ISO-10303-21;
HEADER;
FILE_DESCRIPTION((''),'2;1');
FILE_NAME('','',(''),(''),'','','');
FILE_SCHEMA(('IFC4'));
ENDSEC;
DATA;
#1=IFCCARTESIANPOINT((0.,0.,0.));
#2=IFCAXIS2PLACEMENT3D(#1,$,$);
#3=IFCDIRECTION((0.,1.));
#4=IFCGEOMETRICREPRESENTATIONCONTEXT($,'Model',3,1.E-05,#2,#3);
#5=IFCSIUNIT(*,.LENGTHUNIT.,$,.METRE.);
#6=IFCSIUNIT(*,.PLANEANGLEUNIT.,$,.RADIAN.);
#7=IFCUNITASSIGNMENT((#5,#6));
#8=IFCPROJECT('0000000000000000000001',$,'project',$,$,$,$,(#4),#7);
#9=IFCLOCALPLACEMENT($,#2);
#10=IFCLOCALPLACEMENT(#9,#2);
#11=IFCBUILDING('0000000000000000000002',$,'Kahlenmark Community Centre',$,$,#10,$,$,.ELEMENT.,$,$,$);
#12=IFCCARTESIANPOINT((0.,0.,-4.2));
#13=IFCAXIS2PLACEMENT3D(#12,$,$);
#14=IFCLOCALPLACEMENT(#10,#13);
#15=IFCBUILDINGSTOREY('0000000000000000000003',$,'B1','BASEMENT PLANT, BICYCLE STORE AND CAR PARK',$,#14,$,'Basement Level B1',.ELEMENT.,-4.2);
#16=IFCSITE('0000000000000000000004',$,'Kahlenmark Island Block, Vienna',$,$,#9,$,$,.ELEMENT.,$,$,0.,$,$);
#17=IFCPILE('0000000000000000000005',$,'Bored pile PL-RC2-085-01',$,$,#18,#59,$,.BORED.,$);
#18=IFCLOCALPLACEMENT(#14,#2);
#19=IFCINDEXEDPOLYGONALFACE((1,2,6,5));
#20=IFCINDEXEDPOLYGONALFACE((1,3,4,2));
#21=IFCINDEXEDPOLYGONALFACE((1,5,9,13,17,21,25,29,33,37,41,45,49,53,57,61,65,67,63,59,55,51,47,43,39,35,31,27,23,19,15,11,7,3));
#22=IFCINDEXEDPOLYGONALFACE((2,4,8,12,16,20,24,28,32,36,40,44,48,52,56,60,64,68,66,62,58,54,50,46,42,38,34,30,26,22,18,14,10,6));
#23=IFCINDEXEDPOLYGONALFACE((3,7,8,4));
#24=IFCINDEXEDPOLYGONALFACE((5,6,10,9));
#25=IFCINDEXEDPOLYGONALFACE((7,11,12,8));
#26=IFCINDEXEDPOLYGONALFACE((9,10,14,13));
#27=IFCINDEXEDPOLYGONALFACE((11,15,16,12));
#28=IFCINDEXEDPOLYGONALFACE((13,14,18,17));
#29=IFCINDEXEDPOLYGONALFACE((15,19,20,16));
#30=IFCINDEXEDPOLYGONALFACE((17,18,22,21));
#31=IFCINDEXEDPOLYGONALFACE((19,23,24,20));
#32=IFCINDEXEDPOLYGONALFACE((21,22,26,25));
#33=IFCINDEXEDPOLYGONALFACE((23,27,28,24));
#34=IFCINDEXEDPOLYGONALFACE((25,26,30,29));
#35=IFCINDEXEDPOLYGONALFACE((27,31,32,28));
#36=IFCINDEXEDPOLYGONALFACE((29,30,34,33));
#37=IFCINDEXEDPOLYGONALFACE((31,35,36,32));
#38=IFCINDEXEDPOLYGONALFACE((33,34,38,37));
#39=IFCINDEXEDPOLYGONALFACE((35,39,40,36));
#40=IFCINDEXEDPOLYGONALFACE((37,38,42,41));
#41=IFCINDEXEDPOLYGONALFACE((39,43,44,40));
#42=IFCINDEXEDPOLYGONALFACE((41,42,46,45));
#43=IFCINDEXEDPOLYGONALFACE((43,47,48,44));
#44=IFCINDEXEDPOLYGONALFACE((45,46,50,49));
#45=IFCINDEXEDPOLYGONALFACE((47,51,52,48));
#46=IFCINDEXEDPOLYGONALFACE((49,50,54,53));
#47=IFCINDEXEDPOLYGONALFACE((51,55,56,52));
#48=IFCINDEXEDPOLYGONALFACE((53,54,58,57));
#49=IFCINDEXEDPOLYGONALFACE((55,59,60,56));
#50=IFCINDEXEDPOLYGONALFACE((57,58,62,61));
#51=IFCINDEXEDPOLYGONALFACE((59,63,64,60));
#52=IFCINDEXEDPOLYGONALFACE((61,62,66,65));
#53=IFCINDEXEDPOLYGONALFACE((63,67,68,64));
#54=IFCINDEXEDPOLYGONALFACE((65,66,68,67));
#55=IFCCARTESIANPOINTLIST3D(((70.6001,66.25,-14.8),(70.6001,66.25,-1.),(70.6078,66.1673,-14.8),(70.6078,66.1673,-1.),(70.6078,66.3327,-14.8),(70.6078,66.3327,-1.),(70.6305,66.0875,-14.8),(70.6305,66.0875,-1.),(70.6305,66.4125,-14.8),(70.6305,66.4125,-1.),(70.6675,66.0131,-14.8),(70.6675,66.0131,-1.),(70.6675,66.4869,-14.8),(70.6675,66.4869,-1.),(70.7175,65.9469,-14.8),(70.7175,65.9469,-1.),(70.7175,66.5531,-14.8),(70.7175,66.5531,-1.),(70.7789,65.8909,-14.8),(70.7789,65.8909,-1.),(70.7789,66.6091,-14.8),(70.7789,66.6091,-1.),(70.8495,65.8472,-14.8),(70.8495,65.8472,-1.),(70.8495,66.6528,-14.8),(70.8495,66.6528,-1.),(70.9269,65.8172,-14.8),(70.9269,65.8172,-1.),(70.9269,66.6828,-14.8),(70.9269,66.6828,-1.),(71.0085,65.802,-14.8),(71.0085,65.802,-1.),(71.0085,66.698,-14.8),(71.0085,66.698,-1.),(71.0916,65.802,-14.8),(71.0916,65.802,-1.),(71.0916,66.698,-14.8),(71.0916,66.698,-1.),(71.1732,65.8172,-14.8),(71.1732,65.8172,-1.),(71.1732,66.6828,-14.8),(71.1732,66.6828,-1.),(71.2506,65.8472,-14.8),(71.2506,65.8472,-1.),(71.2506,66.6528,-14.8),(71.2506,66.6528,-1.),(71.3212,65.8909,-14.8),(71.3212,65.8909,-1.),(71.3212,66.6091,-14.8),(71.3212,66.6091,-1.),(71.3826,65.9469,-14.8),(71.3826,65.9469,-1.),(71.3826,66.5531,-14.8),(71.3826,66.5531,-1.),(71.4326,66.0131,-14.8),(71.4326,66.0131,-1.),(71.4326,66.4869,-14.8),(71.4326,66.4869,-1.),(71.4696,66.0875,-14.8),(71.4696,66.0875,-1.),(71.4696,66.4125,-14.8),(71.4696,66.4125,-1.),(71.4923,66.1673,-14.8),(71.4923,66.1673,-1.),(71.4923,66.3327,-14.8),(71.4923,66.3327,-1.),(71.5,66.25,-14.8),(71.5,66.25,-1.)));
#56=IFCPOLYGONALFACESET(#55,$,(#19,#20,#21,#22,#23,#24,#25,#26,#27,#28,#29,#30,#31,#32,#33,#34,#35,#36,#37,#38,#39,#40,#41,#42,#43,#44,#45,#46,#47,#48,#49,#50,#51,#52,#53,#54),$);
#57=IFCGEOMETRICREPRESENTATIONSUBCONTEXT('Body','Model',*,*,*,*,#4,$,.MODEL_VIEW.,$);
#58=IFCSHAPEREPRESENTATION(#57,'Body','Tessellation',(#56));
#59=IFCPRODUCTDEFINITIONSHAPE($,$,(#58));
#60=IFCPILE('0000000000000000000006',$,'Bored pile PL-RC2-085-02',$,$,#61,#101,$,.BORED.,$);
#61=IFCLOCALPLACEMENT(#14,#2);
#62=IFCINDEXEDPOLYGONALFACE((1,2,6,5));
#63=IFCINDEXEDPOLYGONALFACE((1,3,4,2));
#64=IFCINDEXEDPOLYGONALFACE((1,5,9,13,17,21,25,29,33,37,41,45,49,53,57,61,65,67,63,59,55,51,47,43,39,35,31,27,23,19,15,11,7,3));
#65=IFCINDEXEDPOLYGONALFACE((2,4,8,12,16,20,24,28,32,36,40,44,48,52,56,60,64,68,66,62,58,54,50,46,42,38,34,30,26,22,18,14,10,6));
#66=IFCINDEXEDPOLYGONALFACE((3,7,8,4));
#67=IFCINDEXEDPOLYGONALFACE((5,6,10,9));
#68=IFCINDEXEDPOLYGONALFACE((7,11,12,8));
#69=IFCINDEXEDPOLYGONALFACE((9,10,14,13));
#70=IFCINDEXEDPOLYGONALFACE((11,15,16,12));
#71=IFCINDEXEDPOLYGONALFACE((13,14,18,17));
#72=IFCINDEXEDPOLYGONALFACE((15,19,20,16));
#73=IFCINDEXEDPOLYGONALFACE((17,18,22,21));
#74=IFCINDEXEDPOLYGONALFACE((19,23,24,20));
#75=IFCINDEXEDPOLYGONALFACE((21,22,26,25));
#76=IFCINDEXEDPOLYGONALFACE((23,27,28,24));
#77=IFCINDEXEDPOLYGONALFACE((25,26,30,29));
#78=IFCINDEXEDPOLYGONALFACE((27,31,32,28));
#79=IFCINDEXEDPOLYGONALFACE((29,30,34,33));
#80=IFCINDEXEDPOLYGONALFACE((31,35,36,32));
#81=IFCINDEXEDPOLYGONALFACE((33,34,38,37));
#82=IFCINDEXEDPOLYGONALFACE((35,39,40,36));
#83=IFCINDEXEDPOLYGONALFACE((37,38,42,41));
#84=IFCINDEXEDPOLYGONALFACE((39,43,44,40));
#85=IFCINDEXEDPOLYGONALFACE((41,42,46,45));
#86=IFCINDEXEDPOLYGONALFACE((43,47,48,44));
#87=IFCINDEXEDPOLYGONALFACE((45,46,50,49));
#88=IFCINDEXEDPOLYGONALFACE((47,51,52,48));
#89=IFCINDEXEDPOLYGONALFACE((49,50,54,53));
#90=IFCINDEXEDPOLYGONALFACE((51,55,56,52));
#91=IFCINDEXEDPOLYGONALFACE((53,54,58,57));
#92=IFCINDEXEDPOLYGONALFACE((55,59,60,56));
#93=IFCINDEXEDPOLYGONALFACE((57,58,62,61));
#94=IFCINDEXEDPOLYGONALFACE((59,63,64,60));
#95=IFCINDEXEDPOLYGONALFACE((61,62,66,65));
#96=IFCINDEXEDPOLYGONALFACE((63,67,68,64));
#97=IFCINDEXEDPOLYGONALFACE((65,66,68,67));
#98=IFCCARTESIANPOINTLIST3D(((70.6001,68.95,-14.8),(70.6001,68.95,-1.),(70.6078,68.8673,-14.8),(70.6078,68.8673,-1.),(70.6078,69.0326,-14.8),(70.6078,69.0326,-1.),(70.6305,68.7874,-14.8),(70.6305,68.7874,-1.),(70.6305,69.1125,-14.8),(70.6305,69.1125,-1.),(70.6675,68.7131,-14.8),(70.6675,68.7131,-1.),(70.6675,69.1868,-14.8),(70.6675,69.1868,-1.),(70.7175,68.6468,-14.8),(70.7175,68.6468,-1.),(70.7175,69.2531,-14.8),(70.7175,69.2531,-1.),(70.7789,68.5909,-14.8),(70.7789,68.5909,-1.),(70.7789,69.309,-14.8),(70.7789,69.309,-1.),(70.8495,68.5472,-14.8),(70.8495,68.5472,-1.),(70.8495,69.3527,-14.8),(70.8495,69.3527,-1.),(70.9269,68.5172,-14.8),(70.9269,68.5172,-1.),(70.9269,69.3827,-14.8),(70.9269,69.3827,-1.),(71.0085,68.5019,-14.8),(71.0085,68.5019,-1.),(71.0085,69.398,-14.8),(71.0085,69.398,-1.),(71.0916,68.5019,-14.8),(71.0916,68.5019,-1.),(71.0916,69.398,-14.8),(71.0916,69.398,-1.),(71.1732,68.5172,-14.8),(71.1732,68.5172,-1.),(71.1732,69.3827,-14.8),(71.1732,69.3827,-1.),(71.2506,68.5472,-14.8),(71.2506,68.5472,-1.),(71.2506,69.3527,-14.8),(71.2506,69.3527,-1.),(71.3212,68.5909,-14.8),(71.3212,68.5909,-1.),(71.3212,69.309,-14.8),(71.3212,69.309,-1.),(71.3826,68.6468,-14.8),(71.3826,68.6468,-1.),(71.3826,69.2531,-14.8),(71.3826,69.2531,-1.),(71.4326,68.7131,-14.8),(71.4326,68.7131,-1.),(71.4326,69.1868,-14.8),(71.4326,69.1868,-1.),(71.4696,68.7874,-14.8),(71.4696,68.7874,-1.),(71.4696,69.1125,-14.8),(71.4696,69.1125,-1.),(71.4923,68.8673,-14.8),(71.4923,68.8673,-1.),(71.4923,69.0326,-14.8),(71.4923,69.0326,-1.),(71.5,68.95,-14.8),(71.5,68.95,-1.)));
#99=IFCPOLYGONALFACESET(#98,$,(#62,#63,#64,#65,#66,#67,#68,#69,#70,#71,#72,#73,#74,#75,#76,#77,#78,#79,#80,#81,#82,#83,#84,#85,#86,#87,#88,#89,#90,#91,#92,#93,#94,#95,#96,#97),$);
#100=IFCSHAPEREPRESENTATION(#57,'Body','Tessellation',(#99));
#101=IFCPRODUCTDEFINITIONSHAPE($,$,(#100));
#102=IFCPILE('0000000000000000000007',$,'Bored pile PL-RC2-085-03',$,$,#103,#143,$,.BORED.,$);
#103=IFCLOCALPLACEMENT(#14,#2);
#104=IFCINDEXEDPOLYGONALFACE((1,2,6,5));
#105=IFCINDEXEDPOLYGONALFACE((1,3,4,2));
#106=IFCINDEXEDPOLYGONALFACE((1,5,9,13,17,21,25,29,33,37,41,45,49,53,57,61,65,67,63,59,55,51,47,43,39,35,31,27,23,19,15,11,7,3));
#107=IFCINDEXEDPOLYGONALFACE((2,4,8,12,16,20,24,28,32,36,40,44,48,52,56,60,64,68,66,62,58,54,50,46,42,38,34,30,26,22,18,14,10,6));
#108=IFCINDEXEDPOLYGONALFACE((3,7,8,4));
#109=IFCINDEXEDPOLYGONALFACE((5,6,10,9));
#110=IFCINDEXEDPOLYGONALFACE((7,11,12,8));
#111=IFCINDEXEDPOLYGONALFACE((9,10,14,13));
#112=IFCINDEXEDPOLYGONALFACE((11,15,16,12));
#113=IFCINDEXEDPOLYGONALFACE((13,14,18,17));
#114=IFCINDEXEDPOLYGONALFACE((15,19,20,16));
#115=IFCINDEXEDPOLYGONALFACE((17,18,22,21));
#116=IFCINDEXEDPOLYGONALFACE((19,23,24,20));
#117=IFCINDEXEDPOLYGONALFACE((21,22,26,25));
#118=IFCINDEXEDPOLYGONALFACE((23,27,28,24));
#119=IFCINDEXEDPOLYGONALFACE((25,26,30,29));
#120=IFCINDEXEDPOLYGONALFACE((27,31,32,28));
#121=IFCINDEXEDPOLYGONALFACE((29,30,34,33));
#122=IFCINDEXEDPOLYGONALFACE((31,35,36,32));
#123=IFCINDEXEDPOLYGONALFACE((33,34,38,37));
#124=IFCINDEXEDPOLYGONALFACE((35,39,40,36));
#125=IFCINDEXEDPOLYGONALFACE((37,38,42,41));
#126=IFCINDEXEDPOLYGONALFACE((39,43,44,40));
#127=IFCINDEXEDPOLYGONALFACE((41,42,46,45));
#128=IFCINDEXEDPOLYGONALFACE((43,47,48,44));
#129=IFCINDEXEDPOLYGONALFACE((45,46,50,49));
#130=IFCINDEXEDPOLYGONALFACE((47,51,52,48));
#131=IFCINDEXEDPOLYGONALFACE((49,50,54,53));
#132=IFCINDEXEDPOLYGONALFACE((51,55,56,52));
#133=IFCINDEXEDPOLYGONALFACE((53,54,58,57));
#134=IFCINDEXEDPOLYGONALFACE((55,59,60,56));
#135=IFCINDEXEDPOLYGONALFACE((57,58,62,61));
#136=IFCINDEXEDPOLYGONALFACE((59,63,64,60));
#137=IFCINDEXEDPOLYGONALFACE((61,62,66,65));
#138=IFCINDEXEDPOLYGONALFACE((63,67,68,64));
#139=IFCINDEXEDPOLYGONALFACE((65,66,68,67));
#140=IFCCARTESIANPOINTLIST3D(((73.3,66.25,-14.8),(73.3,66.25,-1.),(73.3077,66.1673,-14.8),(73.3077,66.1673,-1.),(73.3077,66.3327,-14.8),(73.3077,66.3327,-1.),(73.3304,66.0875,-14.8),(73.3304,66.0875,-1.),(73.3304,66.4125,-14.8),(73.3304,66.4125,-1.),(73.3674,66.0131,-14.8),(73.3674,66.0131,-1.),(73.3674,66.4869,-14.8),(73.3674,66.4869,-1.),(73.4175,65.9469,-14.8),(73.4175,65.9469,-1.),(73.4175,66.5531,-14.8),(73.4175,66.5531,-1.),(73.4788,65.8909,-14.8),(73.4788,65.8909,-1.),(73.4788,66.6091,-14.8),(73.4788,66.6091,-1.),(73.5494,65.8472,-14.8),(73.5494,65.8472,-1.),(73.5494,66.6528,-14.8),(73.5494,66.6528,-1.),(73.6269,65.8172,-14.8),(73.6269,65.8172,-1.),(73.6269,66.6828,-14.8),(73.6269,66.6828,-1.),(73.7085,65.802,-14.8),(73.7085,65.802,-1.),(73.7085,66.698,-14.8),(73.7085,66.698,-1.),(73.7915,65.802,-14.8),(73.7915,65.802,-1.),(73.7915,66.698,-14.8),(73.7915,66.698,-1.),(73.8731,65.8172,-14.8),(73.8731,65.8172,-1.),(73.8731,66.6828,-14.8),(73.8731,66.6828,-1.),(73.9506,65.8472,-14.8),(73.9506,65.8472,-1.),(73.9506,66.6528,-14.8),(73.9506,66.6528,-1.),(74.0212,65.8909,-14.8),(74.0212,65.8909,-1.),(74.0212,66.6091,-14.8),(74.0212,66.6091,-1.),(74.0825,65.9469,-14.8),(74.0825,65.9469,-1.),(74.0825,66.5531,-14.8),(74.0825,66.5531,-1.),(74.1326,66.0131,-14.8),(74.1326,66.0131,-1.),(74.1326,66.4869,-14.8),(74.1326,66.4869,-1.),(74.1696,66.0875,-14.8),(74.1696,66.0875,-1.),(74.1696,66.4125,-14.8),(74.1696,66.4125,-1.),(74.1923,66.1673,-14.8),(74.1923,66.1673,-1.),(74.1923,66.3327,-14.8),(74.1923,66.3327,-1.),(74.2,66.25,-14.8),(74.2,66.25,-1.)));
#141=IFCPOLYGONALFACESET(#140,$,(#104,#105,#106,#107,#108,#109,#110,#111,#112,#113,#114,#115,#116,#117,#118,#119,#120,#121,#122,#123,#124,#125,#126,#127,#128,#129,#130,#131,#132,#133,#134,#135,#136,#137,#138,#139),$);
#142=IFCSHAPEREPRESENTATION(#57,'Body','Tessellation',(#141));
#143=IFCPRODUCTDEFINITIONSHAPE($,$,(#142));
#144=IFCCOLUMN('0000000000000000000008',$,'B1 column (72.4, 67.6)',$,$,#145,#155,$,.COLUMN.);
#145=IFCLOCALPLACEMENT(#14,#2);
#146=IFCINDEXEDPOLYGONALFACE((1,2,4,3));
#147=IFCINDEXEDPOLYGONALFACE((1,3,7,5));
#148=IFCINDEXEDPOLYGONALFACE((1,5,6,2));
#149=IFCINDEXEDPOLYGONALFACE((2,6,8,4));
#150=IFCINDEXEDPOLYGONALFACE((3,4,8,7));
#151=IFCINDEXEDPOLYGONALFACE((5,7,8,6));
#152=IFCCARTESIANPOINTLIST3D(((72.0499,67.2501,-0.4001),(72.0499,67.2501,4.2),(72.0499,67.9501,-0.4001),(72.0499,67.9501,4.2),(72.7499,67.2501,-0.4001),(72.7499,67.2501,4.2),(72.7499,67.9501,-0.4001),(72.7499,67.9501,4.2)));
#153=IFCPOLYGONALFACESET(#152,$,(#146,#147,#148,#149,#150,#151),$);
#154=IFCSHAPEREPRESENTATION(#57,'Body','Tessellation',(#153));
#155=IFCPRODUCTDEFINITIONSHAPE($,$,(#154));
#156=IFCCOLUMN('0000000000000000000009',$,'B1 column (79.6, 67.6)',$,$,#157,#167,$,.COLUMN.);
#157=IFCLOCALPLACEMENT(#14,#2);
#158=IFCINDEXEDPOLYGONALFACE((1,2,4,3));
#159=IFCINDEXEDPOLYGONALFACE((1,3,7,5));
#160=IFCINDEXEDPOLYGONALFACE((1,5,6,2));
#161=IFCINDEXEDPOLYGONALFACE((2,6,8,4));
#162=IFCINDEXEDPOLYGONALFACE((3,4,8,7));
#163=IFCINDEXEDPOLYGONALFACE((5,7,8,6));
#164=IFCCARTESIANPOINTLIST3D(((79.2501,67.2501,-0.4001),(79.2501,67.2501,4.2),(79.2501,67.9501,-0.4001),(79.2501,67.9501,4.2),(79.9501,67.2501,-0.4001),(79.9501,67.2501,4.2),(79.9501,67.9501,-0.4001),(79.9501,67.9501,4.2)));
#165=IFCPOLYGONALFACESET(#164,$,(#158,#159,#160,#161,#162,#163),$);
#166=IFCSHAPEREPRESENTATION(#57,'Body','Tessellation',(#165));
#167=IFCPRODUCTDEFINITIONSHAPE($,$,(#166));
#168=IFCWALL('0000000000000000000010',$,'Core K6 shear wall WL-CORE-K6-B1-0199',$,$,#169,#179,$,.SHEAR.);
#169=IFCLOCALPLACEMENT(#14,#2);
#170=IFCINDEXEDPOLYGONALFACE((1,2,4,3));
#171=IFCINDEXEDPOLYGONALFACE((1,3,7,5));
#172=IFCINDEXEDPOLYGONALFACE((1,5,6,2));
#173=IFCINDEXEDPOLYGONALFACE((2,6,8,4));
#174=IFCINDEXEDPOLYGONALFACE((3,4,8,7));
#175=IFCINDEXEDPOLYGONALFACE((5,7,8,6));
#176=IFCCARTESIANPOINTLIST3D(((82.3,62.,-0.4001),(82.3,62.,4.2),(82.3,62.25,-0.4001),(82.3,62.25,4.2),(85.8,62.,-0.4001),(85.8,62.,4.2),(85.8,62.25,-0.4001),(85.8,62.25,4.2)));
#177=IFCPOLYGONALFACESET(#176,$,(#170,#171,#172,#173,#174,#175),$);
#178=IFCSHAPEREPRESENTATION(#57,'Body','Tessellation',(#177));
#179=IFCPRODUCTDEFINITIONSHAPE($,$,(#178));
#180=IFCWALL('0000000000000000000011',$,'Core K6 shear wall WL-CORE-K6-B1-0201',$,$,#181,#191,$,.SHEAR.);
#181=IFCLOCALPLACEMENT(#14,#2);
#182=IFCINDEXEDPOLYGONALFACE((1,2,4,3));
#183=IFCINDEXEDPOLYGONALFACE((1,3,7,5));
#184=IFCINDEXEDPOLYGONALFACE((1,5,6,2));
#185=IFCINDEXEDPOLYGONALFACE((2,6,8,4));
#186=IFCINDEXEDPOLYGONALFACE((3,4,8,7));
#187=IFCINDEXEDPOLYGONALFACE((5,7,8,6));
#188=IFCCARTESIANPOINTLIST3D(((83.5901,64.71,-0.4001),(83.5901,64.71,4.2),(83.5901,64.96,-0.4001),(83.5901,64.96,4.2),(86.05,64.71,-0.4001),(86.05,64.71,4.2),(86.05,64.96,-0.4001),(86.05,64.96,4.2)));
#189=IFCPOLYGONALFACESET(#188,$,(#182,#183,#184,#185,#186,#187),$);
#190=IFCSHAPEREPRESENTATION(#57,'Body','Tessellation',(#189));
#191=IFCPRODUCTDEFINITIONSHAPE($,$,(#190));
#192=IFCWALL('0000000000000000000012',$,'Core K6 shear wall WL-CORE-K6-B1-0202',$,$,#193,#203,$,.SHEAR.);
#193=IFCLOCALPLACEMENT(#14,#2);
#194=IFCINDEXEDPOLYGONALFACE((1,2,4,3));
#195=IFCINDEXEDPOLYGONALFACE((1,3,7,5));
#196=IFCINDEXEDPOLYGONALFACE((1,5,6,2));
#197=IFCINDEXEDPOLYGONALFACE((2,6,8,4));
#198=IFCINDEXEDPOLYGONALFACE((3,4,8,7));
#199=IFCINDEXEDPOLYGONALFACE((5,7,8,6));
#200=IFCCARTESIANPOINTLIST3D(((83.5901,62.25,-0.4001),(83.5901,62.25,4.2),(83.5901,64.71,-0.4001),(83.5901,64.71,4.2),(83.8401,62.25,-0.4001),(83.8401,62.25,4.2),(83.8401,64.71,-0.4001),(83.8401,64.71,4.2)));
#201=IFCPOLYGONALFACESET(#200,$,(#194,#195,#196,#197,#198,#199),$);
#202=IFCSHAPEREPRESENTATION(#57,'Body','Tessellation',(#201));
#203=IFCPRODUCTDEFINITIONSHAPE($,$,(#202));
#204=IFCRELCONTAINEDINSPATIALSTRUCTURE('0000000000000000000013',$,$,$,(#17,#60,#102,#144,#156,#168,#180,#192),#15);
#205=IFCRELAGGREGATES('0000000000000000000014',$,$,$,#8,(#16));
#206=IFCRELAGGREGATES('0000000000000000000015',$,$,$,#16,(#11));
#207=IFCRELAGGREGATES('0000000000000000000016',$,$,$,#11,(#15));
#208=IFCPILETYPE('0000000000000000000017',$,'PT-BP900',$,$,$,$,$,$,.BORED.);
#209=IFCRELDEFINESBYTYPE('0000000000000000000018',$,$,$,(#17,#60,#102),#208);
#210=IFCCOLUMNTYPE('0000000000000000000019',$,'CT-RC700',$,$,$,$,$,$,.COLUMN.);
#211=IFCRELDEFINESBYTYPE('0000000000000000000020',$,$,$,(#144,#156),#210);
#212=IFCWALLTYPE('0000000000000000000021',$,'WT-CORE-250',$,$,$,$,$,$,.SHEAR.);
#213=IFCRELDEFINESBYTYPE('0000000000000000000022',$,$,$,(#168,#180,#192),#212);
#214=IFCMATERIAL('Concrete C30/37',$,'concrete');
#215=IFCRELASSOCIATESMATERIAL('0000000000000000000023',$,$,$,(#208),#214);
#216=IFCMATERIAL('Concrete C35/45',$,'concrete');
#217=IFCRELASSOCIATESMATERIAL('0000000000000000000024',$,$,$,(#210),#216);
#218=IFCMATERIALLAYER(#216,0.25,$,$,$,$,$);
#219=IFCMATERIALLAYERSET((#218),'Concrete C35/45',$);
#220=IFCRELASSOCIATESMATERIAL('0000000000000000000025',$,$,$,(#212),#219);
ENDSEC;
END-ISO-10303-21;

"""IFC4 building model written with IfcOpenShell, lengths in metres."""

from ifc_helpers import new_model, si_unit, direction, frame, frame_2d, origin, origin_2d, place, context, subcontext, project, spatial, rectangle, circle, extrude, material, layer, layer_set, material_profile, profile_set, type_object, element, save


model = new_model("IFC4")

# Units and contexts
model_context = context("Model", 3, precision=1e-05, world=origin(), true_north=direction((0.0, 1.0)))
body_context = subcontext(model_context, "Body", "Model", "MODEL_VIEW")
ifc_project = project(units=[si_unit("LENGTHUNIT", "METRE"), si_unit("PLANEANGLEUNIT", "RADIAN")], contexts=[model_context])

# Site, building, storey
site_placement = place(None, origin())
site = spatial("IfcSite", under=ifc_project, at=site_placement, Name="Kahlenmark Island Block, Vienna", CompositionType="ELEMENT", RefElevation=0.0)
building_placement = place(site_placement, origin())
building = spatial("IfcBuilding", under=site, at=building_placement, Name="Kahlenmark Community Centre", CompositionType="ELEMENT")
storey_placement = place(building_placement, frame((0.0, 0.0, -4.2)))
storey = spatial("IfcBuildingStorey", under=building, at=storey_placement, Name="B1", Description="BASEMENT PLANT, BICYCLE STORE AND CAR PARK", LongName="Basement Level B1", CompositionType="ELEMENT", Elevation=-4.2)

# Shared definitions
ifc_material_1 = material(Name="Concrete C30/37", Category="concrete")

# Piles
ifc_material_profile_1 = material_profile(ifc_material_1, circle(Radius=0.45, at=origin_2d()), Name="BORED PILE 900")
ifc_profile_set_1 = profile_set([ifc_material_profile_1], Name="Concrete C30/37")
pile_type_1 = type_object("IfcPileType", Name="PT-BP900", PredefinedType="BORED", material=ifc_profile_set_1)
for number, where, z_axis, x_axis, name in (
    (1, (71.05, 66.25, -1.0), (0.0, 0.0, -1.0), (1.0, 0.0, 0.0), "Bored pile PL-RC2-085-01"),
    (2, (71.05, 68.95, -1.0), (0.0, 0.0, -1.0), (1.0, 0.0, 0.0), "Bored pile PL-RC2-085-02"),
    (3, (73.75, 66.25, -1.0), (0.0, 0.0, -1.0), (1.0, 0.0, 0.0), "Bored pile PL-RC2-085-03"),
):
    element("IfcPile", number, at=place(storey_placement, frame(where, z_axis=z_axis, x_axis=x_axis)), inside=storey, type_object=pile_type_1, Name=name, PredefinedType="BORED", context=body_context, shape_type="SweptSolid", body=[
        extrude(circle(Radius=0.45, at=origin_2d()), origin(), (0.0, 0.0, 1.0), 13.8),
    ])

# Columns
ifc_material_2 = material(Name="Concrete C35/45", Category="concrete")
ifc_material_profile_2 = material_profile(ifc_material_2, rectangle(XDim=0.7, YDim=0.7, at=origin_2d()), Name="RC 700x700")
ifc_profile_set_2 = profile_set([ifc_material_profile_2], Name="Concrete C35/45")
column_type = type_object("IfcColumnType", Name="CT-RC700", PredefinedType="COLUMN", material=ifc_profile_set_2)
for number, where, z_axis, x_axis, name in (
    (4, (72.3999, 67.6001, -0.4001), (0.0, 0.0, 1.0), (1.0, 0.0, 0.0), "B1 column (72.4, 67.6)"),
    (5, (79.6001, 67.6001, -0.4001), (0.0, 0.0, 1.0), (1.0, 0.0, 0.0), "B1 column (79.6, 67.6)"),
):
    element("IfcColumn", number, at=place(storey_placement, frame(where, z_axis=z_axis, x_axis=x_axis)), inside=storey, type_object=column_type, Name=name, PredefinedType="COLUMN", context=body_context, shape_type="SweptSolid", body=[
        extrude(rectangle(XDim=0.7, YDim=0.7, at=origin_2d()), origin(), (0.0, 0.0, 1.0), 4.6001),
    ])

# Walls
ifc_layer_1 = layer(ifc_material_2, 0.25)
ifc_layer_set_1 = layer_set([ifc_layer_1], Name="Concrete C35/45")
wall_type_1 = type_object("IfcWallType", Name="WT-CORE-250", PredefinedType="SHEAR", material=ifc_layer_set_1)
wall_1_placement = place(storey_placement, frame((85.8, 62.125, -0.4001), z_axis=(0.0, 0.0, 1.0), x_axis=(-1.0, 0.0, 0.0)))
element("IfcWall", 6, at=wall_1_placement, inside=storey, type_object=wall_type_1, Name="Core K6 shear wall WL-CORE-K6-B1-0199", PredefinedType="SHEAR", context=body_context, shape_type="SweptSolid", body=[
    extrude(rectangle(XDim=3.5, YDim=0.25, at=frame_2d((1.75, 0.0))), origin(), (0.0, 0.0, 1.0), 4.6001),
])
for number, where, z_axis, x_axis, name in (
    (7, (83.5901, 64.835, -0.4001), (0.0, 0.0, 1.0), (1.0, 0.0, 0.0), "Core K6 shear wall WL-CORE-K6-B1-0201"),
    (8, (83.7151, 62.25, -0.4001), (0.0, 0.0, 1.0), (0.0, 1.0, 0.0), "Core K6 shear wall WL-CORE-K6-B1-0202"),
):
    element("IfcWall", number, at=place(storey_placement, frame(where, z_axis=z_axis, x_axis=x_axis)), inside=storey, type_object=wall_type_1, Name=name, PredefinedType="SHEAR", context=body_context, shape_type="SweptSolid", body=[
        extrude(rectangle(XDim=2.46, YDim=0.25, at=frame_2d((1.23, 0.0))), origin(), (0.0, 0.0, 1.0), 4.6001),
    ])

save(model, "model.ifc")
